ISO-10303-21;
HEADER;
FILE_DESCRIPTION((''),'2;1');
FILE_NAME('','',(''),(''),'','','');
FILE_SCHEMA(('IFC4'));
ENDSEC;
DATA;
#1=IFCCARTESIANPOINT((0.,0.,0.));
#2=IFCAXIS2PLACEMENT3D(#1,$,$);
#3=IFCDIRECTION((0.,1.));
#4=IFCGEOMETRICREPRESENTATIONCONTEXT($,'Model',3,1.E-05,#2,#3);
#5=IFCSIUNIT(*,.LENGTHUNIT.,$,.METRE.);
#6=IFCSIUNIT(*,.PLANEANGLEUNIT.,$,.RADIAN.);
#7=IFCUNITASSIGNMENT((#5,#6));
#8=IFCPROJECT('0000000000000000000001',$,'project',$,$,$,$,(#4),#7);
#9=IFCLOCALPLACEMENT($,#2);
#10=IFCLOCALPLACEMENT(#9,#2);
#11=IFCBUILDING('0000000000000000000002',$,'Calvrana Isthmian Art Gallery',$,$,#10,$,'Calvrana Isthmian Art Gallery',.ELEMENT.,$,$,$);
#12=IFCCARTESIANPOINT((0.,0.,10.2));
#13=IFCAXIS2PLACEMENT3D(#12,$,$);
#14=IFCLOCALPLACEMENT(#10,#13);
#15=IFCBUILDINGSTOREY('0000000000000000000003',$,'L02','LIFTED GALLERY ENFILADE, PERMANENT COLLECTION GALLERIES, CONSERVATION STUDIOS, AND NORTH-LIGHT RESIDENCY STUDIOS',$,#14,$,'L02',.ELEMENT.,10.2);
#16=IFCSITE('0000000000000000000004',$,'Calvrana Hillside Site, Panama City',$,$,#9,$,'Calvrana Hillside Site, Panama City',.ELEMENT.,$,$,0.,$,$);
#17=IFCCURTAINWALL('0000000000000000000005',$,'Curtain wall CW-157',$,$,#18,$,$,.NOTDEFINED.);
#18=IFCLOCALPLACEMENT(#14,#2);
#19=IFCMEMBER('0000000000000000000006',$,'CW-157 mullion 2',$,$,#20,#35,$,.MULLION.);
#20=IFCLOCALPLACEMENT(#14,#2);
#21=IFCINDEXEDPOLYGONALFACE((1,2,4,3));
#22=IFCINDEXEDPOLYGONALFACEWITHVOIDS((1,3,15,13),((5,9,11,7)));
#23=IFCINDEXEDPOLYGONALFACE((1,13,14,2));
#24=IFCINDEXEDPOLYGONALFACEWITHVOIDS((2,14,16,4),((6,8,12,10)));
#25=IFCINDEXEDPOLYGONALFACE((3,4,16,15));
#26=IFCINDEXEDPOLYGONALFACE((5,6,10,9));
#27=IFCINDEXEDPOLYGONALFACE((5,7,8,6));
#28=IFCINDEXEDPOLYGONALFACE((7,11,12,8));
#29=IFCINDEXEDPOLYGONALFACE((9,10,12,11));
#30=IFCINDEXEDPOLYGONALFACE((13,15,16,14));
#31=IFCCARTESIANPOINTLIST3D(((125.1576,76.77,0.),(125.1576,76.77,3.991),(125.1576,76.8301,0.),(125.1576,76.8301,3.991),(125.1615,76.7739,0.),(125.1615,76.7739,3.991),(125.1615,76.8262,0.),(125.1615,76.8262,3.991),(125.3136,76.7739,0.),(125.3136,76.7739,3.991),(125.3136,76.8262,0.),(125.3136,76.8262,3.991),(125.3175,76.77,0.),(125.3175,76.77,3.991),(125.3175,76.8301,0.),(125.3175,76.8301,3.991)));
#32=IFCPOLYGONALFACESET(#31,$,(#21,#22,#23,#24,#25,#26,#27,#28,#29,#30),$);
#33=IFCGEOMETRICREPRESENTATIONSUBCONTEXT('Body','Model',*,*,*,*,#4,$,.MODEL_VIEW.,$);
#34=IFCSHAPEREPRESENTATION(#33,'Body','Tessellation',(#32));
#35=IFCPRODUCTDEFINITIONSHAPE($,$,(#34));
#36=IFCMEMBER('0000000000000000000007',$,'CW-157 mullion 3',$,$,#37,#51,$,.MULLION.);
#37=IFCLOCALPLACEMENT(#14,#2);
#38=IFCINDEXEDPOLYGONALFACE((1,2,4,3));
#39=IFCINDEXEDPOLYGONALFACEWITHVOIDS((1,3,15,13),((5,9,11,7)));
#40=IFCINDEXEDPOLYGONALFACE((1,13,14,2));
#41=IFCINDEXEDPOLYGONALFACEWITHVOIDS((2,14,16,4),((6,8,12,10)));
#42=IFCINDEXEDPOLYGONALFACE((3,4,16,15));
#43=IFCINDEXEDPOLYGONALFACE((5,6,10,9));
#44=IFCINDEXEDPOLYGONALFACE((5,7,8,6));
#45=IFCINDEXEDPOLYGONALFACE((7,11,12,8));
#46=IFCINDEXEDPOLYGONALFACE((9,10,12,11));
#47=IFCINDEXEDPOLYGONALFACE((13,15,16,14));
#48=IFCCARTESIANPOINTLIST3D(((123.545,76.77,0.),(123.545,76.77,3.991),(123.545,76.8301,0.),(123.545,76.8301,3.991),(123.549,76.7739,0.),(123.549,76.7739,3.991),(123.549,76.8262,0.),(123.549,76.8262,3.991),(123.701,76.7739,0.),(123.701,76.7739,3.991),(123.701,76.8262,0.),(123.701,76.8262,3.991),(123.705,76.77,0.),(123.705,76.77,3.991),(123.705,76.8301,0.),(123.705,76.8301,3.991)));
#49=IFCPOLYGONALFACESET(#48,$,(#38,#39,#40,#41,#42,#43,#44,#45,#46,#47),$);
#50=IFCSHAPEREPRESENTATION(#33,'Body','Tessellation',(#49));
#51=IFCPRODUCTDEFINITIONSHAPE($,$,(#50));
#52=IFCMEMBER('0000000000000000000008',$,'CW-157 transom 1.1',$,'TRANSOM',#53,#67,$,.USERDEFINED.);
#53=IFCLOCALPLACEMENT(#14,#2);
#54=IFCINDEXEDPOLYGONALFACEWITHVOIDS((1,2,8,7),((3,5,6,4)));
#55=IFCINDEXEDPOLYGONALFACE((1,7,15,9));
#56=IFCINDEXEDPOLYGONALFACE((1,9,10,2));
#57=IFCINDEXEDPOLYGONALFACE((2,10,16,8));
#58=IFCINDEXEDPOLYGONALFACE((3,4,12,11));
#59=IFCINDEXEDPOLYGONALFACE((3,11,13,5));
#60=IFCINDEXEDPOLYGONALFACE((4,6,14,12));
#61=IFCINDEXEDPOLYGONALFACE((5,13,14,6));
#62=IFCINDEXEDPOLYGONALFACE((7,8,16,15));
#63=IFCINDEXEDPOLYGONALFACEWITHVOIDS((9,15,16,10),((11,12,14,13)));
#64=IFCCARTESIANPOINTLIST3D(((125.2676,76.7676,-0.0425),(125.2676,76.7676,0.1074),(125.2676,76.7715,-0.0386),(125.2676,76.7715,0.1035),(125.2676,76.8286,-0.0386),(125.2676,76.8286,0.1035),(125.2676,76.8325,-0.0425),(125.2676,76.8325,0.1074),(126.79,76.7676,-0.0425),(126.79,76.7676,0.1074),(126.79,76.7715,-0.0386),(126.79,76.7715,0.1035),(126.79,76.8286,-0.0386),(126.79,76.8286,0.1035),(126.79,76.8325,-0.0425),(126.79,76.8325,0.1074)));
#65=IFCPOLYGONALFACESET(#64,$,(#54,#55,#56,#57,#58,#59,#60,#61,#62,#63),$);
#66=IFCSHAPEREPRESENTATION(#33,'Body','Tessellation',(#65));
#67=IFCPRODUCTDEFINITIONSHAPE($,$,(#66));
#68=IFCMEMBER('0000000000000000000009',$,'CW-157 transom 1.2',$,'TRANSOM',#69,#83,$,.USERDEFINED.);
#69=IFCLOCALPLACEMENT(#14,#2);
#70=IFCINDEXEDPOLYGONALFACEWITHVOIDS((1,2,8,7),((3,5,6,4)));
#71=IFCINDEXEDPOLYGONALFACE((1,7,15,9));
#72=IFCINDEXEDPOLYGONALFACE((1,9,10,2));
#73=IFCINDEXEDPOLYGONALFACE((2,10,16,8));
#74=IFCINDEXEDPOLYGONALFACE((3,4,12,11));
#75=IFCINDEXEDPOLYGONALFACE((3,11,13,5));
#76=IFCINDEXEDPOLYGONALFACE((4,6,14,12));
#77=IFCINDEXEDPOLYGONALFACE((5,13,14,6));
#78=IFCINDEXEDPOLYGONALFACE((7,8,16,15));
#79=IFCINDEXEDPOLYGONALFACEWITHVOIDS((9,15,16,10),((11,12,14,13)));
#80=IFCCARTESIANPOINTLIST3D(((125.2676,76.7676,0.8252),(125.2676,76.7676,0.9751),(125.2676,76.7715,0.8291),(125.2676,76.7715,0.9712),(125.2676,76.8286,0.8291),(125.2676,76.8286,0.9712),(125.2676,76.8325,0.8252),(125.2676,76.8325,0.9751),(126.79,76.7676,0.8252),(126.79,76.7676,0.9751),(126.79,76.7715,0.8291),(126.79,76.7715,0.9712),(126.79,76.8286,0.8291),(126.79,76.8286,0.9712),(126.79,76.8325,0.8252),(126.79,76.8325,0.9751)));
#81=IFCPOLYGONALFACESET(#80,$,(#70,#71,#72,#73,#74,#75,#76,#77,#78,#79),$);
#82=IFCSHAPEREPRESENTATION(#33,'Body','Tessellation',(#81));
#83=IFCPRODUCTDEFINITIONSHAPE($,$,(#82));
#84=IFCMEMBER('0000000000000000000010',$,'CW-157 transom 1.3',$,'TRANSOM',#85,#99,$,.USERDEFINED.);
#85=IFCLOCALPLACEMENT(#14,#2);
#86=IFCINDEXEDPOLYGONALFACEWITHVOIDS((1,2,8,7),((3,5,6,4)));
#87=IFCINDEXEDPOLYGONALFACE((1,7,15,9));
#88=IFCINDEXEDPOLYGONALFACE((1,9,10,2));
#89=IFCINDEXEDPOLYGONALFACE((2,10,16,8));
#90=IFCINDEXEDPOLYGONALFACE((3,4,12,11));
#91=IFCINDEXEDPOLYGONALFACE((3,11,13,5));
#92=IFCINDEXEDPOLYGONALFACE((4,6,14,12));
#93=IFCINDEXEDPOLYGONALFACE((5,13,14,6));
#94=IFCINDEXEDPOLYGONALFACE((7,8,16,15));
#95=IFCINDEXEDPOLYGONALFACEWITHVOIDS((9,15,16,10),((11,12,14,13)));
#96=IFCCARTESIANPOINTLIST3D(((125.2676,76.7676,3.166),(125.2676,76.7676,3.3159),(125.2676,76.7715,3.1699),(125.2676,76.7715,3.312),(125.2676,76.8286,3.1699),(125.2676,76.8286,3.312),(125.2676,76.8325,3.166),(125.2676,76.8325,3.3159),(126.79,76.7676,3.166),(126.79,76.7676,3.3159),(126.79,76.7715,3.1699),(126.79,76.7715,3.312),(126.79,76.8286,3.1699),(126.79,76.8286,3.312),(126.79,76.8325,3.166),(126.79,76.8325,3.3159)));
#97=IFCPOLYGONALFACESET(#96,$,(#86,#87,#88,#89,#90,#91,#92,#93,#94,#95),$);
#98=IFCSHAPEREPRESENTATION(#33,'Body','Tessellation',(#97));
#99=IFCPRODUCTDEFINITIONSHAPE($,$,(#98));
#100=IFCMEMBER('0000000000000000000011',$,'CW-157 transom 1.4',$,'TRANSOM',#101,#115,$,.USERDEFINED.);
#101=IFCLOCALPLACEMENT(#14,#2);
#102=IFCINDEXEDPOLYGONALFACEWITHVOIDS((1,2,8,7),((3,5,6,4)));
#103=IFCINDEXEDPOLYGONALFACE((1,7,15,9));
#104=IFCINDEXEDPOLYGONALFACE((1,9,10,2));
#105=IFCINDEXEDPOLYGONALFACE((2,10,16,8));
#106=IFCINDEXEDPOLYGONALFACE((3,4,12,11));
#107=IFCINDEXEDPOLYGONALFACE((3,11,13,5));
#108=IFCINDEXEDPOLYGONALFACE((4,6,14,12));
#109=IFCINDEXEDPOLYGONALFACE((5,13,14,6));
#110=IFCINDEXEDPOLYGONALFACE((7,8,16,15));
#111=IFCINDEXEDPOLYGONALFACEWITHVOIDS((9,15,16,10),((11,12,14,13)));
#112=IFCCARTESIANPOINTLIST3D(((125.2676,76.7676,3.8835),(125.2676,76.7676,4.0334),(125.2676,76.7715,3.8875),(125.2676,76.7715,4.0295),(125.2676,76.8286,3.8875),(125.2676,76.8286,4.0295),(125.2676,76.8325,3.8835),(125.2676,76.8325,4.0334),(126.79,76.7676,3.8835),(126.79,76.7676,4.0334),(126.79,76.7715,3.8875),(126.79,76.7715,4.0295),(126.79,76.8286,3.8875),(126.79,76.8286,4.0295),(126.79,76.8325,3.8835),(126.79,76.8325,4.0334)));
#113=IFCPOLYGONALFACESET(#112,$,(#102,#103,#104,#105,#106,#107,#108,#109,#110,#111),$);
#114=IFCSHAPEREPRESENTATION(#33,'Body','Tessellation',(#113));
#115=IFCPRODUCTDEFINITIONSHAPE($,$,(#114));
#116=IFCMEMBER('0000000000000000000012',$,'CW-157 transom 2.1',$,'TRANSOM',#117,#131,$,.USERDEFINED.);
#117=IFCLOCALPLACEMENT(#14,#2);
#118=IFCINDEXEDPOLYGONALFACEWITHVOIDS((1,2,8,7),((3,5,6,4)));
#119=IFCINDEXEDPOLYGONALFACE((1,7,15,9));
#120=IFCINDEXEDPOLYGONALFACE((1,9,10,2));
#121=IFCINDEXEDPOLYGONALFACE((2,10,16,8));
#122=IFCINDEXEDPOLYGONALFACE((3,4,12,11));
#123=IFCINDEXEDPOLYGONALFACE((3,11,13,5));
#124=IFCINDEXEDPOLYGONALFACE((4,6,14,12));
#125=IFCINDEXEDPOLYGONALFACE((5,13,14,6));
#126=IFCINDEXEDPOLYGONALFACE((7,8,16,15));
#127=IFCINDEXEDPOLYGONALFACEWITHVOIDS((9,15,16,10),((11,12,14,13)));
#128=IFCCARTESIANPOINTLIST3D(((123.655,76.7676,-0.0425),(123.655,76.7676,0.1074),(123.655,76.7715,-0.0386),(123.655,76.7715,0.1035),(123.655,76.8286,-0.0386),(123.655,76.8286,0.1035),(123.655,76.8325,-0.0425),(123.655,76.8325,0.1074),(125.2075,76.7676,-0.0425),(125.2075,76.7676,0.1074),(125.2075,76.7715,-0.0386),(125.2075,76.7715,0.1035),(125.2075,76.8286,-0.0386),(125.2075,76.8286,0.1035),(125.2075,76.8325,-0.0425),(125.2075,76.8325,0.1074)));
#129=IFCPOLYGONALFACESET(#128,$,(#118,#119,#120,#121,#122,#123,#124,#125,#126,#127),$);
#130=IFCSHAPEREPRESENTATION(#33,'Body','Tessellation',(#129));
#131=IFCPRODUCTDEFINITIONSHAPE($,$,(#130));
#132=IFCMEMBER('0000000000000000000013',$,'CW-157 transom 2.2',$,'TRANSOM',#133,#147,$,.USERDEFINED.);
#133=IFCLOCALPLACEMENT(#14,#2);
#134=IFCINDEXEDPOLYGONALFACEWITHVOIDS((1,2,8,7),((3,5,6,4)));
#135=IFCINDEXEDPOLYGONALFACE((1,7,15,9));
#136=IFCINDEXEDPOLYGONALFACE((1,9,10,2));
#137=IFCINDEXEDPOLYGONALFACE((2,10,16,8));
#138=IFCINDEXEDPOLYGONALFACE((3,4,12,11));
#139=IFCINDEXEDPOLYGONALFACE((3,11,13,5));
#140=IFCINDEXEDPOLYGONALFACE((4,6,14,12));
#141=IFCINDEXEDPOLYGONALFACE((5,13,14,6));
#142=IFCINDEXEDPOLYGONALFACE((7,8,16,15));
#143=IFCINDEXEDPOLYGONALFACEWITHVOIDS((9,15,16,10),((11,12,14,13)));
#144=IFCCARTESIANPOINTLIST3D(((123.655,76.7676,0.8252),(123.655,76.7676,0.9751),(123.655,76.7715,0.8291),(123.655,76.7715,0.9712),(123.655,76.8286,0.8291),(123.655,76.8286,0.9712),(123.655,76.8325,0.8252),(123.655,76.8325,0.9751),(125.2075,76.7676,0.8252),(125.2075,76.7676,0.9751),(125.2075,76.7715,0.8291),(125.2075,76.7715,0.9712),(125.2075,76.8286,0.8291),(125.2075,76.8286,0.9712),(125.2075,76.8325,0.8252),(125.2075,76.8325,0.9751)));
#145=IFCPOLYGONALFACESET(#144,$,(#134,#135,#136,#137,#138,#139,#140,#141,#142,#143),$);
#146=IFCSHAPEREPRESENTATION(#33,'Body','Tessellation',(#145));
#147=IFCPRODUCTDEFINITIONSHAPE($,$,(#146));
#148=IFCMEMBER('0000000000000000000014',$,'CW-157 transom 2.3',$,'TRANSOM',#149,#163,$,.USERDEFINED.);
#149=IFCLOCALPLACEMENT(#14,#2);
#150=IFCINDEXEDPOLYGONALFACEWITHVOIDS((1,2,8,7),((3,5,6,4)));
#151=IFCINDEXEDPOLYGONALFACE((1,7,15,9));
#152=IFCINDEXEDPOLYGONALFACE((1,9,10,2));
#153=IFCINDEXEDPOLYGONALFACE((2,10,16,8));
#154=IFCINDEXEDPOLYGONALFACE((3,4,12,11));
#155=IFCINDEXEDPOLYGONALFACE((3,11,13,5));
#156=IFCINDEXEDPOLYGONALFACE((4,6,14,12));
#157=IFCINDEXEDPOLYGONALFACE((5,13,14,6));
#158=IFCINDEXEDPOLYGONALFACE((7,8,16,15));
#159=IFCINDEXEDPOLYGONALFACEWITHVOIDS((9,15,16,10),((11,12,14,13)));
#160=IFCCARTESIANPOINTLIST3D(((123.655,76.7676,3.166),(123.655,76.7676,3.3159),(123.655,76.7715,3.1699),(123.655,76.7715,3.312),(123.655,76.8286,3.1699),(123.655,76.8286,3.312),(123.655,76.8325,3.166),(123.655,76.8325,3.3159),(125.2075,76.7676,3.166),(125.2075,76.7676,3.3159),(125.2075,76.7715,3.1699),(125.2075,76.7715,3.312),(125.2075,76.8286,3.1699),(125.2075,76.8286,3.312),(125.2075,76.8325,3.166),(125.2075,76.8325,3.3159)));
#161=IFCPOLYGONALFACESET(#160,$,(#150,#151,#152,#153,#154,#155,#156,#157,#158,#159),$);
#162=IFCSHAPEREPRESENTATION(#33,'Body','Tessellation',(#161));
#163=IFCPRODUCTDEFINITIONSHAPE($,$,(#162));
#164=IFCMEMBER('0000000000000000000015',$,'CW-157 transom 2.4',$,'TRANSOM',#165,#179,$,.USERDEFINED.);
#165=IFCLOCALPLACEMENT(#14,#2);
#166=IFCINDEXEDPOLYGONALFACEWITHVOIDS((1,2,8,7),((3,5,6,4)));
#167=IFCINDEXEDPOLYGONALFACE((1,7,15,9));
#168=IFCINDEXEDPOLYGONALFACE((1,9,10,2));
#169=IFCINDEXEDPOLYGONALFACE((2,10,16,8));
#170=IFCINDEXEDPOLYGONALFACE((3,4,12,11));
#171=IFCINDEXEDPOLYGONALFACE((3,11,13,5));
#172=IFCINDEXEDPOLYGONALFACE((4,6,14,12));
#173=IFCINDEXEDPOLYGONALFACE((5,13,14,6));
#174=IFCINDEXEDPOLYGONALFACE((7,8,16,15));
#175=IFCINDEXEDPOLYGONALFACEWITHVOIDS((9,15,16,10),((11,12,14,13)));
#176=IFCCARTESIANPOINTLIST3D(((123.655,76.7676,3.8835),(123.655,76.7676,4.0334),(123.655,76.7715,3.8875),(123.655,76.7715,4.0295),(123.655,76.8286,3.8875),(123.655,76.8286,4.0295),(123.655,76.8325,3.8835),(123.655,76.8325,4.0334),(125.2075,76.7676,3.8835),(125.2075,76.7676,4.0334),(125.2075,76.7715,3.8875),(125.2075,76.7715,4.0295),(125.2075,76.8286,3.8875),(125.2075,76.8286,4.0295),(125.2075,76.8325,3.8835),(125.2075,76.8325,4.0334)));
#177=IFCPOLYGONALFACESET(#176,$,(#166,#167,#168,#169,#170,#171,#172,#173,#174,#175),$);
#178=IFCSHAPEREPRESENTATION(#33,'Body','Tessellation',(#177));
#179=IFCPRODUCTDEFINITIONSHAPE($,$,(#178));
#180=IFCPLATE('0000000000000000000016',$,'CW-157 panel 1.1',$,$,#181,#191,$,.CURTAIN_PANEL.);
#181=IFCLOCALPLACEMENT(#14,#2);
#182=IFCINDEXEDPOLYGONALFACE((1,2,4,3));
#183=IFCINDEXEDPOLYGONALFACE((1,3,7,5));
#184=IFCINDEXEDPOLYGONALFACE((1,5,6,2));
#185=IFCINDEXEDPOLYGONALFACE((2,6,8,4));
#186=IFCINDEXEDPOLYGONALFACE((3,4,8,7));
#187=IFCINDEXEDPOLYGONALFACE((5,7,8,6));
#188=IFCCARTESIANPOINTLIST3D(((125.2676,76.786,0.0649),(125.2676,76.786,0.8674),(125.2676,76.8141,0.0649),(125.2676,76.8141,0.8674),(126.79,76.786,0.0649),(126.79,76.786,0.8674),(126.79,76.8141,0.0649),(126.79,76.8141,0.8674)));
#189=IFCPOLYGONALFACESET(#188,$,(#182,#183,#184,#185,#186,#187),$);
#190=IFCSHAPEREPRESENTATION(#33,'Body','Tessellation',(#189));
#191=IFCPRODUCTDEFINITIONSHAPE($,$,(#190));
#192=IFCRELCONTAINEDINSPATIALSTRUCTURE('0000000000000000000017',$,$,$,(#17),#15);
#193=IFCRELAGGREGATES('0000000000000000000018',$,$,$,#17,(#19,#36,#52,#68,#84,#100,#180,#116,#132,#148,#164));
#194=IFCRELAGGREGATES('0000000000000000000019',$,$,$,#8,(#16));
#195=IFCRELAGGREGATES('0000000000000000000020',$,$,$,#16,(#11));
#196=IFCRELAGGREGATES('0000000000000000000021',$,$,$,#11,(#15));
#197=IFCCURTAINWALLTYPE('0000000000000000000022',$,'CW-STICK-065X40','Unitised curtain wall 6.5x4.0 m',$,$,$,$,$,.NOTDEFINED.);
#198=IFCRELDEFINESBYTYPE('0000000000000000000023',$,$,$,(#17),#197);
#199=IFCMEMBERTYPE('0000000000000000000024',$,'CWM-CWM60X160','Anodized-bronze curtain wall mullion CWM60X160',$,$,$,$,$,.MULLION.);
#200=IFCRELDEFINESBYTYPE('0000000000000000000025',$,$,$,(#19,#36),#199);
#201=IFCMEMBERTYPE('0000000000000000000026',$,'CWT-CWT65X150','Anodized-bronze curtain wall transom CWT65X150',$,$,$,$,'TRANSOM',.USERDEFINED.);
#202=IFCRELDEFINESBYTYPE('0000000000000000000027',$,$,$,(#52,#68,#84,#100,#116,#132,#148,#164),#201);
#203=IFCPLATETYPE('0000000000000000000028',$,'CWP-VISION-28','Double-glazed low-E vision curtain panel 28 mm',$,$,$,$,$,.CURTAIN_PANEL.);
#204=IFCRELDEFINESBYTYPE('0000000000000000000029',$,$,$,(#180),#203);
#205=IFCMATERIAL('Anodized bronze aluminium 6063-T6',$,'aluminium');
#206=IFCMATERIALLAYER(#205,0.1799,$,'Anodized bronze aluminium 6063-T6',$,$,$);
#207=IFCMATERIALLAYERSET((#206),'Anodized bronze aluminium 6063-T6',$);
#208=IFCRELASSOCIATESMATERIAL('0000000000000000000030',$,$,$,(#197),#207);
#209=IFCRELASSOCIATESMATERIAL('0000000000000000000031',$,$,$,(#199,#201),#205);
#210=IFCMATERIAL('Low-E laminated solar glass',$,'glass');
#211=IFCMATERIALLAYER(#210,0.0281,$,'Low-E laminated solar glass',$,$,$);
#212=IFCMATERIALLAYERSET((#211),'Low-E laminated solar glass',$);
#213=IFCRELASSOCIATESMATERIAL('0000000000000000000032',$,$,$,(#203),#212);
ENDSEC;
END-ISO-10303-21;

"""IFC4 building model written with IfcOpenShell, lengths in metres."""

from ifc_helpers import new_model, si_unit, direction, frame, origin, origin_2d, place, context, subcontext, project, spatial, rectangle, hollow_rectangle, extrude, material, layer, layer_set, material_profile, profile_set, type_object, element, aggregate, save


model = new_model("IFC4")

# Units and contexts
model_context = context("Model", 3, precision=1e-05, world=origin(), true_north=direction((0.0, 1.0)))
body_context = subcontext(model_context, "Body", "Model", "MODEL_VIEW")
ifc_project = project(units=[si_unit("LENGTHUNIT", "METRE"), si_unit("PLANEANGLEUNIT", "RADIAN")], contexts=[model_context])

# Site, building, storey
site_placement = place(None, origin())
site = spatial("IfcSite", under=ifc_project, at=site_placement, Name="Calvrana Hillside Site, Panama City", LongName="Calvrana Hillside Site, Panama City", CompositionType="ELEMENT", RefElevation=0.0)
building_placement = place(site_placement, origin())
building = spatial("IfcBuilding", under=site, at=building_placement, Name="Calvrana Isthmian Art Gallery", LongName="Calvrana Isthmian Art Gallery", CompositionType="ELEMENT")
storey_placement = place(building_placement, frame((0.0, 0.0, 10.2)))
storey = spatial("IfcBuildingStorey", under=building, at=storey_placement, Name="L02", Description="LIFTED GALLERY ENFILADE, PERMANENT COLLECTION GALLERIES, CONSERVATION STUDIOS, AND NORTH-LIGHT RESIDENCY STUDIOS", LongName="L02", CompositionType="ELEMENT", Elevation=10.2)

# Curtain wall, members, plate
ifc_material_1 = material(Name="Anodized bronze aluminium 6063-T6", Category="aluminium")
ifc_layer_1 = layer(ifc_material_1, 0.1799, Name="Anodized bronze aluminium 6063-T6")
ifc_layer_set_1 = layer_set([ifc_layer_1], Name="Anodized bronze aluminium 6063-T6")
curtain_wall_type = type_object("IfcCurtainWallType", Name="CW-STICK-065X40", Description="Unitised curtain wall 6.5x4.0 m", PredefinedType="NOTDEFINED", material=ifc_layer_set_1)
curtain_wall_placement = place(storey_placement, origin())
curtain_wall = element("IfcCurtainWall", 1, at=curtain_wall_placement, inside=storey, type_object=curtain_wall_type, Name="Curtain wall CW-157", PredefinedType="NOTDEFINED")
ifc_material_profile_1 = material_profile(ifc_material_1, hollow_rectangle(XDim=0.0601, YDim=0.1599, WallThickness=0.0039, at=origin_2d()), Name="CWM60X160")
ifc_profile_set_1 = profile_set([ifc_material_profile_1], Name="Anodized bronze aluminium 6063-T6")
member_type_1 = type_object("IfcMemberType", Name="CWM-CWM60X160", Description="Anodized-bronze curtain wall mullion CWM60X160", PredefinedType="MULLION", material=ifc_profile_set_1)
member_1_placement = place(storey_placement, frame((125.2375, 76.8, 0.0), z_axis=(0.0, 0.0, 1.0), x_axis=(0.0, -1.0, 0.0)))
member_1 = element("IfcMember", 2, at=member_1_placement, type_object=member_type_1, Name="CW-157 mullion 2", PredefinedType="MULLION", context=body_context, shape_type="SweptSolid", body=[
    extrude(hollow_rectangle(XDim=0.0601, YDim=0.1599, WallThickness=0.0039, at=origin_2d()), origin(), (0.0, 0.0, 1.0), 3.991),
])
member_2_placement = place(storey_placement, frame((123.625, 76.8, 0.0), z_axis=(0.0, 0.0, 1.0), x_axis=(0.0, -1.0, 0.0)))
member_2 = element("IfcMember", 3, at=member_2_placement, type_object=member_type_1, Name="CW-157 mullion 3", PredefinedType="MULLION", context=body_context, shape_type="SweptSolid", body=[
    extrude(hollow_rectangle(XDim=0.0601, YDim=0.1599, WallThickness=0.0039, at=origin_2d()), origin(), (0.0, 0.0, 1.0), 3.991),
])
ifc_material_profile_2 = material_profile(ifc_material_1, hollow_rectangle(XDim=0.0649, YDim=0.1499, WallThickness=0.0039, at=origin_2d()), Name="CWT65X150")
ifc_profile_set_2 = profile_set([ifc_material_profile_2], Name="Anodized bronze aluminium 6063-T6")
member_type_2 = type_object("IfcMemberType", Name="CWT-CWT65X150", Description="Anodized-bronze curtain wall transom CWT65X150", ElementType="TRANSOM", PredefinedType="USERDEFINED", material=ifc_profile_set_2)
member_3_placement = place(storey_placement, frame((126.79, 76.8, 0.0325), z_axis=(-1.0, 0.0, 0.0), x_axis=(0.0, -1.0, 0.0)))
member_3 = element("IfcMember", 4, at=member_3_placement, type_object=member_type_2, Name="CW-157 transom 1.1", ObjectType="TRANSOM", PredefinedType="USERDEFINED", context=body_context, shape_type="SweptSolid", body=[
    extrude(hollow_rectangle(XDim=0.0649, YDim=0.1499, WallThickness=0.0039, at=origin_2d()), origin(), (0.0, 0.0, 1.0), 1.5225),
])
member_4_placement = place(storey_placement, frame((126.79, 76.8, 0.9001), z_axis=(-1.0, 0.0, 0.0), x_axis=(0.0, -1.0, 0.0)))
member_4 = element("IfcMember", 5, at=member_4_placement, type_object=member_type_2, Name="CW-157 transom 1.2", ObjectType="TRANSOM", PredefinedType="USERDEFINED", context=body_context, shape_type="SweptSolid", body=[
    extrude(hollow_rectangle(XDim=0.0649, YDim=0.1499, WallThickness=0.0039, at=origin_2d()), origin(), (0.0, 0.0, 1.0), 1.5225),
])
member_5_placement = place(storey_placement, frame((126.79, 76.8, 3.241), z_axis=(-1.0, 0.0, 0.0), x_axis=(0.0, -1.0, 0.0)))
member_5 = element("IfcMember", 6, at=member_5_placement, type_object=member_type_2, Name="CW-157 transom 1.3", ObjectType="TRANSOM", PredefinedType="USERDEFINED", context=body_context, shape_type="SweptSolid", body=[
    extrude(hollow_rectangle(XDim=0.0649, YDim=0.1499, WallThickness=0.0039, at=origin_2d()), origin(), (0.0, 0.0, 1.0), 1.5225),
])
member_6_placement = place(storey_placement, frame((126.79, 76.8, 3.9585), z_axis=(-1.0, 0.0, 0.0), x_axis=(0.0, -1.0, 0.0)))
member_6 = element("IfcMember", 7, at=member_6_placement, type_object=member_type_2, Name="CW-157 transom 1.4", ObjectType="TRANSOM", PredefinedType="USERDEFINED", context=body_context, shape_type="SweptSolid", body=[
    extrude(hollow_rectangle(XDim=0.0649, YDim=0.1499, WallThickness=0.0039, at=origin_2d()), origin(), (0.0, 0.0, 1.0), 1.5225),
])
member_7_placement = place(storey_placement, frame((125.2075, 76.8, 0.0325), z_axis=(-1.0, 0.0, 0.0), x_axis=(0.0, -1.0, 0.0)))
member_7 = element("IfcMember", 8, at=member_7_placement, type_object=member_type_2, Name="CW-157 transom 2.1", ObjectType="TRANSOM", PredefinedType="USERDEFINED", context=body_context, shape_type="SweptSolid", body=[
    extrude(hollow_rectangle(XDim=0.0649, YDim=0.1499, WallThickness=0.0039, at=origin_2d()), origin(), (0.0, 0.0, 1.0), 1.5525),
])
member_8_placement = place(storey_placement, frame((125.2075, 76.8, 0.9001), z_axis=(-1.0, 0.0, 0.0), x_axis=(0.0, -1.0, 0.0)))
member_8 = element("IfcMember", 9, at=member_8_placement, type_object=member_type_2, Name="CW-157 transom 2.2", ObjectType="TRANSOM", PredefinedType="USERDEFINED", context=body_context, shape_type="SweptSolid", body=[
    extrude(hollow_rectangle(XDim=0.0649, YDim=0.1499, WallThickness=0.0039, at=origin_2d()), origin(), (0.0, 0.0, 1.0), 1.5525),
])
member_9_placement = place(storey_placement, frame((125.2075, 76.8, 3.241), z_axis=(-1.0, 0.0, 0.0), x_axis=(0.0, -1.0, 0.0)))
member_9 = element("IfcMember", 10, at=member_9_placement, type_object=member_type_2, Name="CW-157 transom 2.3", ObjectType="TRANSOM", PredefinedType="USERDEFINED", context=body_context, shape_type="SweptSolid", body=[
    extrude(hollow_rectangle(XDim=0.0649, YDim=0.1499, WallThickness=0.0039, at=origin_2d()), origin(), (0.0, 0.0, 1.0), 1.5525),
])
member_10_placement = place(storey_placement, frame((125.2075, 76.8, 3.9585), z_axis=(-1.0, 0.0, 0.0), x_axis=(0.0, -1.0, 0.0)))
member_10 = element("IfcMember", 11, at=member_10_placement, type_object=member_type_2, Name="CW-157 transom 2.4", ObjectType="TRANSOM", PredefinedType="USERDEFINED", context=body_context, shape_type="SweptSolid", body=[
    extrude(hollow_rectangle(XDim=0.0649, YDim=0.1499, WallThickness=0.0039, at=origin_2d()), origin(), (0.0, 0.0, 1.0), 1.5525),
])
ifc_material_2 = material(Name="Low-E laminated solar glass", Category="glass")
ifc_layer_2 = layer(ifc_material_2, 0.0281, Name="Low-E laminated solar glass")
ifc_layer_set_2 = layer_set([ifc_layer_2], Name="Low-E laminated solar glass")
plate_type = type_object("IfcPlateType", Name="CWP-VISION-28", Description="Double-glazed low-E vision curtain panel 28 mm", PredefinedType="CURTAIN_PANEL", material=ifc_layer_set_2)
plate_1_placement = place(storey_placement, frame((126.0288, 76.8, 0.0649), z_axis=(0.0, 0.0, 1.0), x_axis=(-1.0, 0.0, 0.0)))
plate_1 = element("IfcPlate", 12, at=plate_1_placement, type_object=plate_type, Name="CW-157 panel 1.1", PredefinedType="CURTAIN_PANEL", context=body_context, shape_type="SweptSolid", body=[
    extrude(rectangle(XDim=1.5225, YDim=0.0281, at=origin_2d()), origin(), (0.0, 0.0, 1.0), 0.8025),
])
aggregate(curtain_wall, [member_1, member_2, member_3, member_4, member_5, member_6, plate_1, member_7, member_8, member_9, member_10])

save(model, "model.ifc")
